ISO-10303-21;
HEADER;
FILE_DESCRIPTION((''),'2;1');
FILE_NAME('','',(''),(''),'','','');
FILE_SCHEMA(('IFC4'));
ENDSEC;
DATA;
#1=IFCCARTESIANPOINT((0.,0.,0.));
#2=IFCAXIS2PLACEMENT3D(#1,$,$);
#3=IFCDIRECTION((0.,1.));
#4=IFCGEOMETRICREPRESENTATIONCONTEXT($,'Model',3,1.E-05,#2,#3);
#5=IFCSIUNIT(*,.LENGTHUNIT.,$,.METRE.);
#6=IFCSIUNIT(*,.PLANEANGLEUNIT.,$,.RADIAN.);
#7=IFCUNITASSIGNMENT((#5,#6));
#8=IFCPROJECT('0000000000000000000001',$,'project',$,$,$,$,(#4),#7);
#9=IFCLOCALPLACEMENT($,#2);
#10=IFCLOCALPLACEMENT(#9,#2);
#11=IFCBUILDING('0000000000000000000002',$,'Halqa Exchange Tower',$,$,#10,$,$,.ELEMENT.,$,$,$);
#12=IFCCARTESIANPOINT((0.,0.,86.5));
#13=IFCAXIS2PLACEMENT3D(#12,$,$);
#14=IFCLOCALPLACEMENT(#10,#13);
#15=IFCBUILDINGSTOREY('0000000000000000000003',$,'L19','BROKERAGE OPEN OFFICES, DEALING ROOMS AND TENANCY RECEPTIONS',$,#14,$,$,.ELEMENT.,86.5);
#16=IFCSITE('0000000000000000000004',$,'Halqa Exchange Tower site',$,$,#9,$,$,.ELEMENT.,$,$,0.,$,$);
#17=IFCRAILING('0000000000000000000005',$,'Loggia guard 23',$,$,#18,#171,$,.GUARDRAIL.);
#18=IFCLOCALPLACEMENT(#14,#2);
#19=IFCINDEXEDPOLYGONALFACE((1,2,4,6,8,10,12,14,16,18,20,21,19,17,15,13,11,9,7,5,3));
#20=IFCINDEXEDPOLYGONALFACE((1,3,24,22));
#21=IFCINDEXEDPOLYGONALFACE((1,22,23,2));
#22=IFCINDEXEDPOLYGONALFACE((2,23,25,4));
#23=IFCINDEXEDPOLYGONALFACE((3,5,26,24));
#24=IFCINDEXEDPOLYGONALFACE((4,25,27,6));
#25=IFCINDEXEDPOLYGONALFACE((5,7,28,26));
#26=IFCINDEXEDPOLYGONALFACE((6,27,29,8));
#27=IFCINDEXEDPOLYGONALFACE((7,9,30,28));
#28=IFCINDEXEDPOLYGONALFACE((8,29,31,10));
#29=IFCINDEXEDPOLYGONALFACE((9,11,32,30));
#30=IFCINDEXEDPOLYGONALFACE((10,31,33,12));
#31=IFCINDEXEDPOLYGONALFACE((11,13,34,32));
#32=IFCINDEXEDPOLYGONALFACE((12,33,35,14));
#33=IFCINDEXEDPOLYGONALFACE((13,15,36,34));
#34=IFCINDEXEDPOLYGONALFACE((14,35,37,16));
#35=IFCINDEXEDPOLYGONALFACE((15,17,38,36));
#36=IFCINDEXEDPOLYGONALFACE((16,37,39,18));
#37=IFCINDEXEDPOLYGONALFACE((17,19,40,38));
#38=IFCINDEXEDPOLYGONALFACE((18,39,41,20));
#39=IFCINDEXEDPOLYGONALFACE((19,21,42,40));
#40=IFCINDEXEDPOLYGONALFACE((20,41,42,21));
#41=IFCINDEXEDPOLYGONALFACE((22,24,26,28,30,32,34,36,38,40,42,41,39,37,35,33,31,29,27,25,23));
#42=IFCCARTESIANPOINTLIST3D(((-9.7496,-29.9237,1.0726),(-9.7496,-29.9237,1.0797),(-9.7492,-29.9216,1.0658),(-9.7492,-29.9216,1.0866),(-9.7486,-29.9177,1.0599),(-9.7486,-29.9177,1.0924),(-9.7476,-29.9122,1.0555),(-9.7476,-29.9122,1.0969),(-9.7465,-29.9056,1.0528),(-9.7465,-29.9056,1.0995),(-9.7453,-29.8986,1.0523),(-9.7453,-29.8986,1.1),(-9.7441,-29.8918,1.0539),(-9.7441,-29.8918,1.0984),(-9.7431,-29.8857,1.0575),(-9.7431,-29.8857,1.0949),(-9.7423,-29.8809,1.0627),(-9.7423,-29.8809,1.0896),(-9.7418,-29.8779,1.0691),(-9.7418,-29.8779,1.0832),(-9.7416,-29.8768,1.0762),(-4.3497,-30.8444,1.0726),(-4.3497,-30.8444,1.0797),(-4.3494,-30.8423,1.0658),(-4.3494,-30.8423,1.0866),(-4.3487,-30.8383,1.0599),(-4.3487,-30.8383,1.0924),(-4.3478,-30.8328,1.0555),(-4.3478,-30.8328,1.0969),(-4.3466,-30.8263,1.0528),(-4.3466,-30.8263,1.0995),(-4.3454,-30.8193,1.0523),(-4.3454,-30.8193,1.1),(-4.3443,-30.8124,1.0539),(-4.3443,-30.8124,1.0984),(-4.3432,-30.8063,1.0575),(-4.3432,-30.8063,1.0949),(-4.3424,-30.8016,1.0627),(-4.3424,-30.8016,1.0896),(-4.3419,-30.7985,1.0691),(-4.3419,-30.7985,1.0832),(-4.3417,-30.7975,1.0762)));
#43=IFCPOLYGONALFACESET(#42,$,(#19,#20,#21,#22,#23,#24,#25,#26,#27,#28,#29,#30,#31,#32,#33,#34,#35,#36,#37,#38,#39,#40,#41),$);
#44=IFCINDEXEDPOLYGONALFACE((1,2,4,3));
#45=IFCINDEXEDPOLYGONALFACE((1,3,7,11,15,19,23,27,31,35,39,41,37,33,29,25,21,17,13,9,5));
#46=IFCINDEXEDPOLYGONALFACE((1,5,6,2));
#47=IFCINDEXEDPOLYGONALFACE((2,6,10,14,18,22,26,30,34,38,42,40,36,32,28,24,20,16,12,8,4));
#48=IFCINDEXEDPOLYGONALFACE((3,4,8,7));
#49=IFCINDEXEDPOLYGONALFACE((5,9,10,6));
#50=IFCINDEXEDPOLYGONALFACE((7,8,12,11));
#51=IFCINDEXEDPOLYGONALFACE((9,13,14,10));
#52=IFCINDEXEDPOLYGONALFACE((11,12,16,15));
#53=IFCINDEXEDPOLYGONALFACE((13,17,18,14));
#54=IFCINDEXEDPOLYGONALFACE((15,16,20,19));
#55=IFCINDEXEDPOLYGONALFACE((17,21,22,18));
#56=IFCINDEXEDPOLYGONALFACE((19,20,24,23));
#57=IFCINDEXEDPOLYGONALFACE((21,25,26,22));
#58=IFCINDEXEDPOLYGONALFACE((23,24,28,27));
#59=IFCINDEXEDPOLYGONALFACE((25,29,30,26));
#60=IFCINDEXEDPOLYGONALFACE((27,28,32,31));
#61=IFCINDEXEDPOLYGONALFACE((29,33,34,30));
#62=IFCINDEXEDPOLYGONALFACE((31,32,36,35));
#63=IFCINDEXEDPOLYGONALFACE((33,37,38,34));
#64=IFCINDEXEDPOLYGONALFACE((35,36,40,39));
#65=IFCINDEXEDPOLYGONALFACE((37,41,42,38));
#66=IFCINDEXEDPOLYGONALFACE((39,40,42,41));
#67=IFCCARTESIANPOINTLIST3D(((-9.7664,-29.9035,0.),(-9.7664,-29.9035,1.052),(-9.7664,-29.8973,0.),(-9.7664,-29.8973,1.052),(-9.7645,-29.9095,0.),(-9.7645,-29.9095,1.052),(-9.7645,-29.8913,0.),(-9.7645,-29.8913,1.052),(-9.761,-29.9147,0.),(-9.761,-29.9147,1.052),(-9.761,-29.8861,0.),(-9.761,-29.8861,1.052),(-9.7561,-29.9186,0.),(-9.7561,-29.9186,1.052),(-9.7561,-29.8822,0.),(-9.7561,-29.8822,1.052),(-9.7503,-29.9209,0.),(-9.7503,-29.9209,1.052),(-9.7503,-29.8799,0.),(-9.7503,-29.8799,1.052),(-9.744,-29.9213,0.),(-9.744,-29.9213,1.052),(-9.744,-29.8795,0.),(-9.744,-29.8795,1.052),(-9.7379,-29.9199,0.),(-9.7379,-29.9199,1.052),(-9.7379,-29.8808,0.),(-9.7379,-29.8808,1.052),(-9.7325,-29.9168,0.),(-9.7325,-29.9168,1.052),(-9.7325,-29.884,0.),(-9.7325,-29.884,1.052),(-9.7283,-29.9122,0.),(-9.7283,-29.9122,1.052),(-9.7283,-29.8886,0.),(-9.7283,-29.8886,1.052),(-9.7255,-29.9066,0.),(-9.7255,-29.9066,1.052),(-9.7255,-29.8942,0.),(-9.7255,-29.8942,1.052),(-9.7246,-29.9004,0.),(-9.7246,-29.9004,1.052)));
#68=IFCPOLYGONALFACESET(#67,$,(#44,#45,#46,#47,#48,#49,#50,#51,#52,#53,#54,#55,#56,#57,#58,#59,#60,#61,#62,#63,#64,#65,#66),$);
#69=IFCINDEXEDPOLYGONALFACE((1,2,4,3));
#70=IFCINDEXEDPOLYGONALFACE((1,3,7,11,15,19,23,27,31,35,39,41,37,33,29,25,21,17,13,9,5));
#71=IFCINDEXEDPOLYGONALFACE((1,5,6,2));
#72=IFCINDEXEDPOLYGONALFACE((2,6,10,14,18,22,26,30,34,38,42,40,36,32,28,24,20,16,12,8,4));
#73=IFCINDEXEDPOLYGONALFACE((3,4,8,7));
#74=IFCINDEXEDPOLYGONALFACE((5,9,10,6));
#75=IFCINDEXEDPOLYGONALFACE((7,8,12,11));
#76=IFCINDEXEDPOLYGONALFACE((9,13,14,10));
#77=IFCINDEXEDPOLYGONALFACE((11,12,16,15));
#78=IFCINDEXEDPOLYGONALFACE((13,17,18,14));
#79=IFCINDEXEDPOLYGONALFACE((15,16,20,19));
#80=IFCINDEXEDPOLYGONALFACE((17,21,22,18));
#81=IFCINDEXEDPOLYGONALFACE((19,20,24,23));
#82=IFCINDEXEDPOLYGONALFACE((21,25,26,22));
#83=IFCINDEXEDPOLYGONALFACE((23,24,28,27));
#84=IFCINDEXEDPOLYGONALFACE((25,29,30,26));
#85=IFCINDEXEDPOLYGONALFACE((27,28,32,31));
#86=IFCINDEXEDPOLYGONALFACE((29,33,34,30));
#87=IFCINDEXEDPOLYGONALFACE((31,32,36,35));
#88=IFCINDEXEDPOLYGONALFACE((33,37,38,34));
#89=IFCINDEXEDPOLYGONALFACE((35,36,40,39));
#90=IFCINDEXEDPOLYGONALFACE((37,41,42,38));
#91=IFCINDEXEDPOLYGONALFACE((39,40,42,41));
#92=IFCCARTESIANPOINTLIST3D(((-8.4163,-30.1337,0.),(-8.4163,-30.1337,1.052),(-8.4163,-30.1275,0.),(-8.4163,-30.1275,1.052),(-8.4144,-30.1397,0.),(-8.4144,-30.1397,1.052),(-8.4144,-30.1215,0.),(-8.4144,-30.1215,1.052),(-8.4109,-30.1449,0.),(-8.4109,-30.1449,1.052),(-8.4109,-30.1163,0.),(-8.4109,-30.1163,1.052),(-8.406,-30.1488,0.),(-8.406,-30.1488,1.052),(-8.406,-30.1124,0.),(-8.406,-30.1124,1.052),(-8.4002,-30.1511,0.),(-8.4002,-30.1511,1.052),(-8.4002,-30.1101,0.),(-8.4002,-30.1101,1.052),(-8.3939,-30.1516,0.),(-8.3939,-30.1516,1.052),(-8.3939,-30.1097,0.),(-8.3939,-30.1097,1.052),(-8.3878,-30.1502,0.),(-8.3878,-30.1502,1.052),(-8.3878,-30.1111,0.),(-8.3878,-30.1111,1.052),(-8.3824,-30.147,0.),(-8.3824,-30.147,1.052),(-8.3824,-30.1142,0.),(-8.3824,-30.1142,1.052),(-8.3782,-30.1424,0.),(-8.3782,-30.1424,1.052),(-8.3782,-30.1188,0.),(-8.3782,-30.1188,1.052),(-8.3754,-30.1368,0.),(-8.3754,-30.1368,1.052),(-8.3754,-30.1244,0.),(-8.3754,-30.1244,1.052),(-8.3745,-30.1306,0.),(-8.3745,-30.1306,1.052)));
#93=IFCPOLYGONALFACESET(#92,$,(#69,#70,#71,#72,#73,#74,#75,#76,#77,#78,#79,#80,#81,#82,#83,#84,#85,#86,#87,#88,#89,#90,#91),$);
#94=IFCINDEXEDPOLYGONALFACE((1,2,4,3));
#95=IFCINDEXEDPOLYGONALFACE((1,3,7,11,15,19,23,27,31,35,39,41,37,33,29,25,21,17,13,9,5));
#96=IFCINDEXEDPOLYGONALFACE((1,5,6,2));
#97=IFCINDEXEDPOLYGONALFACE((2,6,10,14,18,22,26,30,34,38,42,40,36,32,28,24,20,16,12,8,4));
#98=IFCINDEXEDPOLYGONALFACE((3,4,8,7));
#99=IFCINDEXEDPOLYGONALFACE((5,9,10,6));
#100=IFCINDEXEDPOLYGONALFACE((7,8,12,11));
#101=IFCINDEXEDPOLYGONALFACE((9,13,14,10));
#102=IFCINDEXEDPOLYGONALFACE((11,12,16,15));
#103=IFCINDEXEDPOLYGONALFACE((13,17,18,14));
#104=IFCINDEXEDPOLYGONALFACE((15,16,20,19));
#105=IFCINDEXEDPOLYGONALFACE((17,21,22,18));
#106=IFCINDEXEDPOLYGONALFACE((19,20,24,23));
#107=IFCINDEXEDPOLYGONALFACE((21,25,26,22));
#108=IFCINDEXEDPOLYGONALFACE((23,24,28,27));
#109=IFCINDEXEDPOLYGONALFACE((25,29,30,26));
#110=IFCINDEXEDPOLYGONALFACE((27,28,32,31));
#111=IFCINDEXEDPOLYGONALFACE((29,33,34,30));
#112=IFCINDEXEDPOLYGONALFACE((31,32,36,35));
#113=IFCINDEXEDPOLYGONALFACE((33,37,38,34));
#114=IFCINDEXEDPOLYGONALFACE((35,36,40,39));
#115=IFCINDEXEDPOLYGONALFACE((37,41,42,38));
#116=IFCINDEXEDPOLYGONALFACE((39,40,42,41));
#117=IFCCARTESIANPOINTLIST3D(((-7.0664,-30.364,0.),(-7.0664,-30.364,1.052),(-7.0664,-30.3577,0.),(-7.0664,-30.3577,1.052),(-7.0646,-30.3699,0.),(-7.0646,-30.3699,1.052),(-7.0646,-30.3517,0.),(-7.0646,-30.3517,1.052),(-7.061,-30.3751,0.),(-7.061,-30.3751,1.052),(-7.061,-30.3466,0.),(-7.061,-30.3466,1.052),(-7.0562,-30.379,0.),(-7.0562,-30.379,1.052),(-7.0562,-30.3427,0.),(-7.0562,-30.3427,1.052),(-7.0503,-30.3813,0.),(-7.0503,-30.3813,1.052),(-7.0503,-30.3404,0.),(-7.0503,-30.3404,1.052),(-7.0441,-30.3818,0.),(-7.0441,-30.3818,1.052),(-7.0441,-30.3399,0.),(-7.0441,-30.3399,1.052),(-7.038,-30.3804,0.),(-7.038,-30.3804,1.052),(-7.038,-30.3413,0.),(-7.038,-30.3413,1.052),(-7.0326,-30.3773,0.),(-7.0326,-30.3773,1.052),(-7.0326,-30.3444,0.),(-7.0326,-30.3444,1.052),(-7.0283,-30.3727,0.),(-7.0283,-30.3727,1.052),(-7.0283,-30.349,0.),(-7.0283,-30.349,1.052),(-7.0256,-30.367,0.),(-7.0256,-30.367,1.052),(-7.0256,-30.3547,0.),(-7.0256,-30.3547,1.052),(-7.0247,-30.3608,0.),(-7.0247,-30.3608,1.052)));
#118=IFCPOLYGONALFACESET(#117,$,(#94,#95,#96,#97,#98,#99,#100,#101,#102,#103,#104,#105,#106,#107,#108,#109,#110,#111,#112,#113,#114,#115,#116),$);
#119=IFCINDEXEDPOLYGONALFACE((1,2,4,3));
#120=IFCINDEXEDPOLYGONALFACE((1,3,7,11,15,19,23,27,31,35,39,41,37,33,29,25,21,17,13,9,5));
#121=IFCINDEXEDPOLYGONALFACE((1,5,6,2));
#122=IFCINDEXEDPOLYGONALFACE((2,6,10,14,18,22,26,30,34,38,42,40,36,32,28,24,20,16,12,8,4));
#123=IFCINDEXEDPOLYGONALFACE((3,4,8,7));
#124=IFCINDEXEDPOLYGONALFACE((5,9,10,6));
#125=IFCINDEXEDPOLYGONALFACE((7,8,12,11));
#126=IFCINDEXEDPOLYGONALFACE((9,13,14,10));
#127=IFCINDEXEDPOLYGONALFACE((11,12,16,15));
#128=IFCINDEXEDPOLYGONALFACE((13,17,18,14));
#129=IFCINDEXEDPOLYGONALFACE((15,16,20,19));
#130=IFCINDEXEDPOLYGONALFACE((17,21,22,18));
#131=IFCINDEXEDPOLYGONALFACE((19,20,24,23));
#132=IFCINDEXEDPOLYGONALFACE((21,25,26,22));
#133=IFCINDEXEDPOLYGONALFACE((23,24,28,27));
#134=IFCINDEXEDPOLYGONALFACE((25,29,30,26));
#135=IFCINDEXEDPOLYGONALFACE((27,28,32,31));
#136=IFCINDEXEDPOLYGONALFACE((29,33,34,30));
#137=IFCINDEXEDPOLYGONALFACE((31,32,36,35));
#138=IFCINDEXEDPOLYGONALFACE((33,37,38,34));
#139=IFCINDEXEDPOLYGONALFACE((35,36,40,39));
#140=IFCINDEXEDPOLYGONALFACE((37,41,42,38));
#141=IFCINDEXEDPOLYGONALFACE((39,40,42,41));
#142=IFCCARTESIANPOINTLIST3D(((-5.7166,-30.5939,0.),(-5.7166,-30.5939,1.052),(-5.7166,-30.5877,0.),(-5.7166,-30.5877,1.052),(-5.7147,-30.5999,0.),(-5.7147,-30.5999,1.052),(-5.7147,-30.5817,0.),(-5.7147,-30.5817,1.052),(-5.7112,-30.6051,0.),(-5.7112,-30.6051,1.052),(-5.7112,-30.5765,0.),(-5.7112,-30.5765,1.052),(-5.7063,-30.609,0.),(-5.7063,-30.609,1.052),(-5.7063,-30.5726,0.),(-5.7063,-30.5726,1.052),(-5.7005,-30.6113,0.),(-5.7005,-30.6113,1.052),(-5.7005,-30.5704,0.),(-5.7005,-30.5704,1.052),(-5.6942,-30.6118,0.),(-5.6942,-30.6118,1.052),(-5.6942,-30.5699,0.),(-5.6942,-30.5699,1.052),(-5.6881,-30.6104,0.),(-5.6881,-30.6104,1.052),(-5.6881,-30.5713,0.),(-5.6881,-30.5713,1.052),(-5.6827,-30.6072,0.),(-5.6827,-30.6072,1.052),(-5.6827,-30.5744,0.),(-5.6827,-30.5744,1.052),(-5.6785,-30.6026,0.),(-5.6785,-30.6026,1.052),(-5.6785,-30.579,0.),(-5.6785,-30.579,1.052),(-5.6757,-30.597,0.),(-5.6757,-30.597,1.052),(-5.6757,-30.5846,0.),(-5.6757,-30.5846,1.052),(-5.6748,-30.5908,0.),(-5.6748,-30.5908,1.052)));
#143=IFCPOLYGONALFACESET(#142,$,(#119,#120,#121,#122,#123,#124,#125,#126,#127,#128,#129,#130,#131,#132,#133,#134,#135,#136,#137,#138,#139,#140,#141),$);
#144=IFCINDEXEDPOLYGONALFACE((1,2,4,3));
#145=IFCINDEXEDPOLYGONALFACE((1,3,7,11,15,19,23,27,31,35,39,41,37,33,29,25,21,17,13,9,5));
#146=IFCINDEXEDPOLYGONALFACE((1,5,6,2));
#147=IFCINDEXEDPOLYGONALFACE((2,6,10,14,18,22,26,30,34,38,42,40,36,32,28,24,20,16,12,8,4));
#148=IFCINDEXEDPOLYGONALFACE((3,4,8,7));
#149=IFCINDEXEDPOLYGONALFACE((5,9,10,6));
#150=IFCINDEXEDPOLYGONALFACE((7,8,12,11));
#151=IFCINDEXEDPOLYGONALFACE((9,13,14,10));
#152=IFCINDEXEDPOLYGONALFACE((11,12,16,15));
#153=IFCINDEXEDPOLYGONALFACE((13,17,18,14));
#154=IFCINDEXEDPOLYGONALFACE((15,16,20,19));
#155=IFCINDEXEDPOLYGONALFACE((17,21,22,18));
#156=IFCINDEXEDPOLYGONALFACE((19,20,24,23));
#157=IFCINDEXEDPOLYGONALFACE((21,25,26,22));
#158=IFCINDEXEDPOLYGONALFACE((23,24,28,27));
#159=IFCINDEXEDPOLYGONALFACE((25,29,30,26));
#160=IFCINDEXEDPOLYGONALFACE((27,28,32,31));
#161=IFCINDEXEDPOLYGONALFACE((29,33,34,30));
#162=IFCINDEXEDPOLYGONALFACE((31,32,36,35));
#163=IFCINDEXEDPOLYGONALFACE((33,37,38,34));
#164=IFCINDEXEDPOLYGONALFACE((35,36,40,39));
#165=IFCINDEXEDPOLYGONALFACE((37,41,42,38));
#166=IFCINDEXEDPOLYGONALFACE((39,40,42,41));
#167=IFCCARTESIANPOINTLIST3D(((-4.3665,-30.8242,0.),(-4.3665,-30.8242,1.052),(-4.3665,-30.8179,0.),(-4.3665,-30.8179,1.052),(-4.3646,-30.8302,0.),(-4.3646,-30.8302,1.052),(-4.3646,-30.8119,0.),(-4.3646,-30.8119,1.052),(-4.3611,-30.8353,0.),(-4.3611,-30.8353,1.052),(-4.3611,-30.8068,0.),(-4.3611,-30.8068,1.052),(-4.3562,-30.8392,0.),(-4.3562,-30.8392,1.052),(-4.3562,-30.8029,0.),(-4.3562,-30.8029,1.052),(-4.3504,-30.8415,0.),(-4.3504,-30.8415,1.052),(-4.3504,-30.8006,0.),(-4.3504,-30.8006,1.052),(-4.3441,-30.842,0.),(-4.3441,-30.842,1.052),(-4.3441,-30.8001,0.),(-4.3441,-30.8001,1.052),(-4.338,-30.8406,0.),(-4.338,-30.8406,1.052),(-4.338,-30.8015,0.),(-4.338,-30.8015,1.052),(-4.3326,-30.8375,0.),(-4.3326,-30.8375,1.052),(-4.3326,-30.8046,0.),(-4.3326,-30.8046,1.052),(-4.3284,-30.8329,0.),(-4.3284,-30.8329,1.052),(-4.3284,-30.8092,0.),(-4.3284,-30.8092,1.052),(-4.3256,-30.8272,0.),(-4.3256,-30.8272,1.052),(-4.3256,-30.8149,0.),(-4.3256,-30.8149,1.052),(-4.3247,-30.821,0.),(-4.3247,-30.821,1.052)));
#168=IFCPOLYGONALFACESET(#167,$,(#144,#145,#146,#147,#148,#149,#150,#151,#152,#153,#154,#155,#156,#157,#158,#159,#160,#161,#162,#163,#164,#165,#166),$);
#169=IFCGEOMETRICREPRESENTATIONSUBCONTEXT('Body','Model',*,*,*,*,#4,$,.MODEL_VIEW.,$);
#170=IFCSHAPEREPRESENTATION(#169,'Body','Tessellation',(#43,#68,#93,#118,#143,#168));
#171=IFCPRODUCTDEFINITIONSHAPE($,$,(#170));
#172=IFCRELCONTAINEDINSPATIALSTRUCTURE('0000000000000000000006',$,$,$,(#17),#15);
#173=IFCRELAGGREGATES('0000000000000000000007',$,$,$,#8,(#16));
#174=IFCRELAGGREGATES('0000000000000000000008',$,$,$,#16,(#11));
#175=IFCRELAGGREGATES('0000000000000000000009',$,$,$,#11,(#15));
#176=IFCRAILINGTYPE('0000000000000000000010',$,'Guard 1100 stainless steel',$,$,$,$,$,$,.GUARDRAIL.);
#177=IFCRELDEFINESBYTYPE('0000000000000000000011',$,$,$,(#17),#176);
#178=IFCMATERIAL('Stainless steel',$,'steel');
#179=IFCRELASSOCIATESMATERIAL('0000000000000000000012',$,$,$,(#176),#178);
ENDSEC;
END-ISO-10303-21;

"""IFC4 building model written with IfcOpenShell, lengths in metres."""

from ifc_helpers import new_model, si_unit, direction, frame, origin, origin_2d, place, context, subcontext, project, spatial, circle, extrude, material, type_object, element, save


model = new_model("IFC4")

# Units and contexts
model_context = context("Model", 3, precision=1e-05, world=origin(), true_north=direction((0.0, 1.0)))
body_context = subcontext(model_context, "Body", "Model", "MODEL_VIEW")
ifc_project = project(units=[si_unit("LENGTHUNIT", "METRE"), si_unit("PLANEANGLEUNIT", "RADIAN")], contexts=[model_context])

# Site, building, storey
site_placement = place(None, origin())
site = spatial("IfcSite", under=ifc_project, at=site_placement, Name="Halqa Exchange Tower site", CompositionType="ELEMENT", RefElevation=0.0)
building_placement = place(site_placement, origin())
building = spatial("IfcBuilding", under=site, at=building_placement, Name="Halqa Exchange Tower", CompositionType="ELEMENT")
storey_placement = place(building_placement, frame((0.0, 0.0, 86.5)))
storey = spatial("IfcBuildingStorey", under=building, at=storey_placement, Name="L19", Description="BROKERAGE OPEN OFFICES, DEALING ROOMS AND TENANCY RECEPTIONS", CompositionType="ELEMENT", Elevation=86.5)

# Railing
ifc_material_1 = material(Name="Stainless steel", Category="steel")
railing_type = type_object("IfcRailingType", Name="Guard 1100 stainless steel", PredefinedType="GUARDRAIL", material=ifc_material_1)
railing_1_placement = place(storey_placement, frame((-9.7456, -29.9004, 0.0)))
element("IfcRailing", 1, at=railing_1_placement, inside=storey, type_object=railing_type, Name="Loggia guard 23", PredefinedType="GUARDRAIL", context=body_context, shape_type="SweptSolid", body=[
    extrude(circle(Radius=0.0239, at=origin_2d()), frame((0.0, 0.0, 1.0762), z_axis=(0.985775, -0.168069, 0.0), x_axis=(0.168069, 0.985775, 0.0)), (0.0, 0.0, 1.0), 5.4778),
    extrude(circle(Radius=0.021, at=origin_2d()), origin(), (0.0, 0.0, 1.0), 1.052),
    extrude(circle(Radius=0.021, at=origin_2d()), frame((1.3501, -0.2302, 0.0)), (0.0, 0.0, 1.0), 1.052),
    extrude(circle(Radius=0.021, at=origin_2d()), frame((2.7, -0.4604, 0.0)), (0.0, 0.0, 1.0), 1.052),
    extrude(circle(Radius=0.021, at=origin_2d()), frame((4.0498, -0.6904, 0.0)), (0.0, 0.0, 1.0), 1.052),
    extrude(circle(Radius=0.021, at=origin_2d()), frame((5.3999, -0.9207, 0.0)), (0.0, 0.0, 1.0), 1.052),
])

save(model, "model.ifc")
